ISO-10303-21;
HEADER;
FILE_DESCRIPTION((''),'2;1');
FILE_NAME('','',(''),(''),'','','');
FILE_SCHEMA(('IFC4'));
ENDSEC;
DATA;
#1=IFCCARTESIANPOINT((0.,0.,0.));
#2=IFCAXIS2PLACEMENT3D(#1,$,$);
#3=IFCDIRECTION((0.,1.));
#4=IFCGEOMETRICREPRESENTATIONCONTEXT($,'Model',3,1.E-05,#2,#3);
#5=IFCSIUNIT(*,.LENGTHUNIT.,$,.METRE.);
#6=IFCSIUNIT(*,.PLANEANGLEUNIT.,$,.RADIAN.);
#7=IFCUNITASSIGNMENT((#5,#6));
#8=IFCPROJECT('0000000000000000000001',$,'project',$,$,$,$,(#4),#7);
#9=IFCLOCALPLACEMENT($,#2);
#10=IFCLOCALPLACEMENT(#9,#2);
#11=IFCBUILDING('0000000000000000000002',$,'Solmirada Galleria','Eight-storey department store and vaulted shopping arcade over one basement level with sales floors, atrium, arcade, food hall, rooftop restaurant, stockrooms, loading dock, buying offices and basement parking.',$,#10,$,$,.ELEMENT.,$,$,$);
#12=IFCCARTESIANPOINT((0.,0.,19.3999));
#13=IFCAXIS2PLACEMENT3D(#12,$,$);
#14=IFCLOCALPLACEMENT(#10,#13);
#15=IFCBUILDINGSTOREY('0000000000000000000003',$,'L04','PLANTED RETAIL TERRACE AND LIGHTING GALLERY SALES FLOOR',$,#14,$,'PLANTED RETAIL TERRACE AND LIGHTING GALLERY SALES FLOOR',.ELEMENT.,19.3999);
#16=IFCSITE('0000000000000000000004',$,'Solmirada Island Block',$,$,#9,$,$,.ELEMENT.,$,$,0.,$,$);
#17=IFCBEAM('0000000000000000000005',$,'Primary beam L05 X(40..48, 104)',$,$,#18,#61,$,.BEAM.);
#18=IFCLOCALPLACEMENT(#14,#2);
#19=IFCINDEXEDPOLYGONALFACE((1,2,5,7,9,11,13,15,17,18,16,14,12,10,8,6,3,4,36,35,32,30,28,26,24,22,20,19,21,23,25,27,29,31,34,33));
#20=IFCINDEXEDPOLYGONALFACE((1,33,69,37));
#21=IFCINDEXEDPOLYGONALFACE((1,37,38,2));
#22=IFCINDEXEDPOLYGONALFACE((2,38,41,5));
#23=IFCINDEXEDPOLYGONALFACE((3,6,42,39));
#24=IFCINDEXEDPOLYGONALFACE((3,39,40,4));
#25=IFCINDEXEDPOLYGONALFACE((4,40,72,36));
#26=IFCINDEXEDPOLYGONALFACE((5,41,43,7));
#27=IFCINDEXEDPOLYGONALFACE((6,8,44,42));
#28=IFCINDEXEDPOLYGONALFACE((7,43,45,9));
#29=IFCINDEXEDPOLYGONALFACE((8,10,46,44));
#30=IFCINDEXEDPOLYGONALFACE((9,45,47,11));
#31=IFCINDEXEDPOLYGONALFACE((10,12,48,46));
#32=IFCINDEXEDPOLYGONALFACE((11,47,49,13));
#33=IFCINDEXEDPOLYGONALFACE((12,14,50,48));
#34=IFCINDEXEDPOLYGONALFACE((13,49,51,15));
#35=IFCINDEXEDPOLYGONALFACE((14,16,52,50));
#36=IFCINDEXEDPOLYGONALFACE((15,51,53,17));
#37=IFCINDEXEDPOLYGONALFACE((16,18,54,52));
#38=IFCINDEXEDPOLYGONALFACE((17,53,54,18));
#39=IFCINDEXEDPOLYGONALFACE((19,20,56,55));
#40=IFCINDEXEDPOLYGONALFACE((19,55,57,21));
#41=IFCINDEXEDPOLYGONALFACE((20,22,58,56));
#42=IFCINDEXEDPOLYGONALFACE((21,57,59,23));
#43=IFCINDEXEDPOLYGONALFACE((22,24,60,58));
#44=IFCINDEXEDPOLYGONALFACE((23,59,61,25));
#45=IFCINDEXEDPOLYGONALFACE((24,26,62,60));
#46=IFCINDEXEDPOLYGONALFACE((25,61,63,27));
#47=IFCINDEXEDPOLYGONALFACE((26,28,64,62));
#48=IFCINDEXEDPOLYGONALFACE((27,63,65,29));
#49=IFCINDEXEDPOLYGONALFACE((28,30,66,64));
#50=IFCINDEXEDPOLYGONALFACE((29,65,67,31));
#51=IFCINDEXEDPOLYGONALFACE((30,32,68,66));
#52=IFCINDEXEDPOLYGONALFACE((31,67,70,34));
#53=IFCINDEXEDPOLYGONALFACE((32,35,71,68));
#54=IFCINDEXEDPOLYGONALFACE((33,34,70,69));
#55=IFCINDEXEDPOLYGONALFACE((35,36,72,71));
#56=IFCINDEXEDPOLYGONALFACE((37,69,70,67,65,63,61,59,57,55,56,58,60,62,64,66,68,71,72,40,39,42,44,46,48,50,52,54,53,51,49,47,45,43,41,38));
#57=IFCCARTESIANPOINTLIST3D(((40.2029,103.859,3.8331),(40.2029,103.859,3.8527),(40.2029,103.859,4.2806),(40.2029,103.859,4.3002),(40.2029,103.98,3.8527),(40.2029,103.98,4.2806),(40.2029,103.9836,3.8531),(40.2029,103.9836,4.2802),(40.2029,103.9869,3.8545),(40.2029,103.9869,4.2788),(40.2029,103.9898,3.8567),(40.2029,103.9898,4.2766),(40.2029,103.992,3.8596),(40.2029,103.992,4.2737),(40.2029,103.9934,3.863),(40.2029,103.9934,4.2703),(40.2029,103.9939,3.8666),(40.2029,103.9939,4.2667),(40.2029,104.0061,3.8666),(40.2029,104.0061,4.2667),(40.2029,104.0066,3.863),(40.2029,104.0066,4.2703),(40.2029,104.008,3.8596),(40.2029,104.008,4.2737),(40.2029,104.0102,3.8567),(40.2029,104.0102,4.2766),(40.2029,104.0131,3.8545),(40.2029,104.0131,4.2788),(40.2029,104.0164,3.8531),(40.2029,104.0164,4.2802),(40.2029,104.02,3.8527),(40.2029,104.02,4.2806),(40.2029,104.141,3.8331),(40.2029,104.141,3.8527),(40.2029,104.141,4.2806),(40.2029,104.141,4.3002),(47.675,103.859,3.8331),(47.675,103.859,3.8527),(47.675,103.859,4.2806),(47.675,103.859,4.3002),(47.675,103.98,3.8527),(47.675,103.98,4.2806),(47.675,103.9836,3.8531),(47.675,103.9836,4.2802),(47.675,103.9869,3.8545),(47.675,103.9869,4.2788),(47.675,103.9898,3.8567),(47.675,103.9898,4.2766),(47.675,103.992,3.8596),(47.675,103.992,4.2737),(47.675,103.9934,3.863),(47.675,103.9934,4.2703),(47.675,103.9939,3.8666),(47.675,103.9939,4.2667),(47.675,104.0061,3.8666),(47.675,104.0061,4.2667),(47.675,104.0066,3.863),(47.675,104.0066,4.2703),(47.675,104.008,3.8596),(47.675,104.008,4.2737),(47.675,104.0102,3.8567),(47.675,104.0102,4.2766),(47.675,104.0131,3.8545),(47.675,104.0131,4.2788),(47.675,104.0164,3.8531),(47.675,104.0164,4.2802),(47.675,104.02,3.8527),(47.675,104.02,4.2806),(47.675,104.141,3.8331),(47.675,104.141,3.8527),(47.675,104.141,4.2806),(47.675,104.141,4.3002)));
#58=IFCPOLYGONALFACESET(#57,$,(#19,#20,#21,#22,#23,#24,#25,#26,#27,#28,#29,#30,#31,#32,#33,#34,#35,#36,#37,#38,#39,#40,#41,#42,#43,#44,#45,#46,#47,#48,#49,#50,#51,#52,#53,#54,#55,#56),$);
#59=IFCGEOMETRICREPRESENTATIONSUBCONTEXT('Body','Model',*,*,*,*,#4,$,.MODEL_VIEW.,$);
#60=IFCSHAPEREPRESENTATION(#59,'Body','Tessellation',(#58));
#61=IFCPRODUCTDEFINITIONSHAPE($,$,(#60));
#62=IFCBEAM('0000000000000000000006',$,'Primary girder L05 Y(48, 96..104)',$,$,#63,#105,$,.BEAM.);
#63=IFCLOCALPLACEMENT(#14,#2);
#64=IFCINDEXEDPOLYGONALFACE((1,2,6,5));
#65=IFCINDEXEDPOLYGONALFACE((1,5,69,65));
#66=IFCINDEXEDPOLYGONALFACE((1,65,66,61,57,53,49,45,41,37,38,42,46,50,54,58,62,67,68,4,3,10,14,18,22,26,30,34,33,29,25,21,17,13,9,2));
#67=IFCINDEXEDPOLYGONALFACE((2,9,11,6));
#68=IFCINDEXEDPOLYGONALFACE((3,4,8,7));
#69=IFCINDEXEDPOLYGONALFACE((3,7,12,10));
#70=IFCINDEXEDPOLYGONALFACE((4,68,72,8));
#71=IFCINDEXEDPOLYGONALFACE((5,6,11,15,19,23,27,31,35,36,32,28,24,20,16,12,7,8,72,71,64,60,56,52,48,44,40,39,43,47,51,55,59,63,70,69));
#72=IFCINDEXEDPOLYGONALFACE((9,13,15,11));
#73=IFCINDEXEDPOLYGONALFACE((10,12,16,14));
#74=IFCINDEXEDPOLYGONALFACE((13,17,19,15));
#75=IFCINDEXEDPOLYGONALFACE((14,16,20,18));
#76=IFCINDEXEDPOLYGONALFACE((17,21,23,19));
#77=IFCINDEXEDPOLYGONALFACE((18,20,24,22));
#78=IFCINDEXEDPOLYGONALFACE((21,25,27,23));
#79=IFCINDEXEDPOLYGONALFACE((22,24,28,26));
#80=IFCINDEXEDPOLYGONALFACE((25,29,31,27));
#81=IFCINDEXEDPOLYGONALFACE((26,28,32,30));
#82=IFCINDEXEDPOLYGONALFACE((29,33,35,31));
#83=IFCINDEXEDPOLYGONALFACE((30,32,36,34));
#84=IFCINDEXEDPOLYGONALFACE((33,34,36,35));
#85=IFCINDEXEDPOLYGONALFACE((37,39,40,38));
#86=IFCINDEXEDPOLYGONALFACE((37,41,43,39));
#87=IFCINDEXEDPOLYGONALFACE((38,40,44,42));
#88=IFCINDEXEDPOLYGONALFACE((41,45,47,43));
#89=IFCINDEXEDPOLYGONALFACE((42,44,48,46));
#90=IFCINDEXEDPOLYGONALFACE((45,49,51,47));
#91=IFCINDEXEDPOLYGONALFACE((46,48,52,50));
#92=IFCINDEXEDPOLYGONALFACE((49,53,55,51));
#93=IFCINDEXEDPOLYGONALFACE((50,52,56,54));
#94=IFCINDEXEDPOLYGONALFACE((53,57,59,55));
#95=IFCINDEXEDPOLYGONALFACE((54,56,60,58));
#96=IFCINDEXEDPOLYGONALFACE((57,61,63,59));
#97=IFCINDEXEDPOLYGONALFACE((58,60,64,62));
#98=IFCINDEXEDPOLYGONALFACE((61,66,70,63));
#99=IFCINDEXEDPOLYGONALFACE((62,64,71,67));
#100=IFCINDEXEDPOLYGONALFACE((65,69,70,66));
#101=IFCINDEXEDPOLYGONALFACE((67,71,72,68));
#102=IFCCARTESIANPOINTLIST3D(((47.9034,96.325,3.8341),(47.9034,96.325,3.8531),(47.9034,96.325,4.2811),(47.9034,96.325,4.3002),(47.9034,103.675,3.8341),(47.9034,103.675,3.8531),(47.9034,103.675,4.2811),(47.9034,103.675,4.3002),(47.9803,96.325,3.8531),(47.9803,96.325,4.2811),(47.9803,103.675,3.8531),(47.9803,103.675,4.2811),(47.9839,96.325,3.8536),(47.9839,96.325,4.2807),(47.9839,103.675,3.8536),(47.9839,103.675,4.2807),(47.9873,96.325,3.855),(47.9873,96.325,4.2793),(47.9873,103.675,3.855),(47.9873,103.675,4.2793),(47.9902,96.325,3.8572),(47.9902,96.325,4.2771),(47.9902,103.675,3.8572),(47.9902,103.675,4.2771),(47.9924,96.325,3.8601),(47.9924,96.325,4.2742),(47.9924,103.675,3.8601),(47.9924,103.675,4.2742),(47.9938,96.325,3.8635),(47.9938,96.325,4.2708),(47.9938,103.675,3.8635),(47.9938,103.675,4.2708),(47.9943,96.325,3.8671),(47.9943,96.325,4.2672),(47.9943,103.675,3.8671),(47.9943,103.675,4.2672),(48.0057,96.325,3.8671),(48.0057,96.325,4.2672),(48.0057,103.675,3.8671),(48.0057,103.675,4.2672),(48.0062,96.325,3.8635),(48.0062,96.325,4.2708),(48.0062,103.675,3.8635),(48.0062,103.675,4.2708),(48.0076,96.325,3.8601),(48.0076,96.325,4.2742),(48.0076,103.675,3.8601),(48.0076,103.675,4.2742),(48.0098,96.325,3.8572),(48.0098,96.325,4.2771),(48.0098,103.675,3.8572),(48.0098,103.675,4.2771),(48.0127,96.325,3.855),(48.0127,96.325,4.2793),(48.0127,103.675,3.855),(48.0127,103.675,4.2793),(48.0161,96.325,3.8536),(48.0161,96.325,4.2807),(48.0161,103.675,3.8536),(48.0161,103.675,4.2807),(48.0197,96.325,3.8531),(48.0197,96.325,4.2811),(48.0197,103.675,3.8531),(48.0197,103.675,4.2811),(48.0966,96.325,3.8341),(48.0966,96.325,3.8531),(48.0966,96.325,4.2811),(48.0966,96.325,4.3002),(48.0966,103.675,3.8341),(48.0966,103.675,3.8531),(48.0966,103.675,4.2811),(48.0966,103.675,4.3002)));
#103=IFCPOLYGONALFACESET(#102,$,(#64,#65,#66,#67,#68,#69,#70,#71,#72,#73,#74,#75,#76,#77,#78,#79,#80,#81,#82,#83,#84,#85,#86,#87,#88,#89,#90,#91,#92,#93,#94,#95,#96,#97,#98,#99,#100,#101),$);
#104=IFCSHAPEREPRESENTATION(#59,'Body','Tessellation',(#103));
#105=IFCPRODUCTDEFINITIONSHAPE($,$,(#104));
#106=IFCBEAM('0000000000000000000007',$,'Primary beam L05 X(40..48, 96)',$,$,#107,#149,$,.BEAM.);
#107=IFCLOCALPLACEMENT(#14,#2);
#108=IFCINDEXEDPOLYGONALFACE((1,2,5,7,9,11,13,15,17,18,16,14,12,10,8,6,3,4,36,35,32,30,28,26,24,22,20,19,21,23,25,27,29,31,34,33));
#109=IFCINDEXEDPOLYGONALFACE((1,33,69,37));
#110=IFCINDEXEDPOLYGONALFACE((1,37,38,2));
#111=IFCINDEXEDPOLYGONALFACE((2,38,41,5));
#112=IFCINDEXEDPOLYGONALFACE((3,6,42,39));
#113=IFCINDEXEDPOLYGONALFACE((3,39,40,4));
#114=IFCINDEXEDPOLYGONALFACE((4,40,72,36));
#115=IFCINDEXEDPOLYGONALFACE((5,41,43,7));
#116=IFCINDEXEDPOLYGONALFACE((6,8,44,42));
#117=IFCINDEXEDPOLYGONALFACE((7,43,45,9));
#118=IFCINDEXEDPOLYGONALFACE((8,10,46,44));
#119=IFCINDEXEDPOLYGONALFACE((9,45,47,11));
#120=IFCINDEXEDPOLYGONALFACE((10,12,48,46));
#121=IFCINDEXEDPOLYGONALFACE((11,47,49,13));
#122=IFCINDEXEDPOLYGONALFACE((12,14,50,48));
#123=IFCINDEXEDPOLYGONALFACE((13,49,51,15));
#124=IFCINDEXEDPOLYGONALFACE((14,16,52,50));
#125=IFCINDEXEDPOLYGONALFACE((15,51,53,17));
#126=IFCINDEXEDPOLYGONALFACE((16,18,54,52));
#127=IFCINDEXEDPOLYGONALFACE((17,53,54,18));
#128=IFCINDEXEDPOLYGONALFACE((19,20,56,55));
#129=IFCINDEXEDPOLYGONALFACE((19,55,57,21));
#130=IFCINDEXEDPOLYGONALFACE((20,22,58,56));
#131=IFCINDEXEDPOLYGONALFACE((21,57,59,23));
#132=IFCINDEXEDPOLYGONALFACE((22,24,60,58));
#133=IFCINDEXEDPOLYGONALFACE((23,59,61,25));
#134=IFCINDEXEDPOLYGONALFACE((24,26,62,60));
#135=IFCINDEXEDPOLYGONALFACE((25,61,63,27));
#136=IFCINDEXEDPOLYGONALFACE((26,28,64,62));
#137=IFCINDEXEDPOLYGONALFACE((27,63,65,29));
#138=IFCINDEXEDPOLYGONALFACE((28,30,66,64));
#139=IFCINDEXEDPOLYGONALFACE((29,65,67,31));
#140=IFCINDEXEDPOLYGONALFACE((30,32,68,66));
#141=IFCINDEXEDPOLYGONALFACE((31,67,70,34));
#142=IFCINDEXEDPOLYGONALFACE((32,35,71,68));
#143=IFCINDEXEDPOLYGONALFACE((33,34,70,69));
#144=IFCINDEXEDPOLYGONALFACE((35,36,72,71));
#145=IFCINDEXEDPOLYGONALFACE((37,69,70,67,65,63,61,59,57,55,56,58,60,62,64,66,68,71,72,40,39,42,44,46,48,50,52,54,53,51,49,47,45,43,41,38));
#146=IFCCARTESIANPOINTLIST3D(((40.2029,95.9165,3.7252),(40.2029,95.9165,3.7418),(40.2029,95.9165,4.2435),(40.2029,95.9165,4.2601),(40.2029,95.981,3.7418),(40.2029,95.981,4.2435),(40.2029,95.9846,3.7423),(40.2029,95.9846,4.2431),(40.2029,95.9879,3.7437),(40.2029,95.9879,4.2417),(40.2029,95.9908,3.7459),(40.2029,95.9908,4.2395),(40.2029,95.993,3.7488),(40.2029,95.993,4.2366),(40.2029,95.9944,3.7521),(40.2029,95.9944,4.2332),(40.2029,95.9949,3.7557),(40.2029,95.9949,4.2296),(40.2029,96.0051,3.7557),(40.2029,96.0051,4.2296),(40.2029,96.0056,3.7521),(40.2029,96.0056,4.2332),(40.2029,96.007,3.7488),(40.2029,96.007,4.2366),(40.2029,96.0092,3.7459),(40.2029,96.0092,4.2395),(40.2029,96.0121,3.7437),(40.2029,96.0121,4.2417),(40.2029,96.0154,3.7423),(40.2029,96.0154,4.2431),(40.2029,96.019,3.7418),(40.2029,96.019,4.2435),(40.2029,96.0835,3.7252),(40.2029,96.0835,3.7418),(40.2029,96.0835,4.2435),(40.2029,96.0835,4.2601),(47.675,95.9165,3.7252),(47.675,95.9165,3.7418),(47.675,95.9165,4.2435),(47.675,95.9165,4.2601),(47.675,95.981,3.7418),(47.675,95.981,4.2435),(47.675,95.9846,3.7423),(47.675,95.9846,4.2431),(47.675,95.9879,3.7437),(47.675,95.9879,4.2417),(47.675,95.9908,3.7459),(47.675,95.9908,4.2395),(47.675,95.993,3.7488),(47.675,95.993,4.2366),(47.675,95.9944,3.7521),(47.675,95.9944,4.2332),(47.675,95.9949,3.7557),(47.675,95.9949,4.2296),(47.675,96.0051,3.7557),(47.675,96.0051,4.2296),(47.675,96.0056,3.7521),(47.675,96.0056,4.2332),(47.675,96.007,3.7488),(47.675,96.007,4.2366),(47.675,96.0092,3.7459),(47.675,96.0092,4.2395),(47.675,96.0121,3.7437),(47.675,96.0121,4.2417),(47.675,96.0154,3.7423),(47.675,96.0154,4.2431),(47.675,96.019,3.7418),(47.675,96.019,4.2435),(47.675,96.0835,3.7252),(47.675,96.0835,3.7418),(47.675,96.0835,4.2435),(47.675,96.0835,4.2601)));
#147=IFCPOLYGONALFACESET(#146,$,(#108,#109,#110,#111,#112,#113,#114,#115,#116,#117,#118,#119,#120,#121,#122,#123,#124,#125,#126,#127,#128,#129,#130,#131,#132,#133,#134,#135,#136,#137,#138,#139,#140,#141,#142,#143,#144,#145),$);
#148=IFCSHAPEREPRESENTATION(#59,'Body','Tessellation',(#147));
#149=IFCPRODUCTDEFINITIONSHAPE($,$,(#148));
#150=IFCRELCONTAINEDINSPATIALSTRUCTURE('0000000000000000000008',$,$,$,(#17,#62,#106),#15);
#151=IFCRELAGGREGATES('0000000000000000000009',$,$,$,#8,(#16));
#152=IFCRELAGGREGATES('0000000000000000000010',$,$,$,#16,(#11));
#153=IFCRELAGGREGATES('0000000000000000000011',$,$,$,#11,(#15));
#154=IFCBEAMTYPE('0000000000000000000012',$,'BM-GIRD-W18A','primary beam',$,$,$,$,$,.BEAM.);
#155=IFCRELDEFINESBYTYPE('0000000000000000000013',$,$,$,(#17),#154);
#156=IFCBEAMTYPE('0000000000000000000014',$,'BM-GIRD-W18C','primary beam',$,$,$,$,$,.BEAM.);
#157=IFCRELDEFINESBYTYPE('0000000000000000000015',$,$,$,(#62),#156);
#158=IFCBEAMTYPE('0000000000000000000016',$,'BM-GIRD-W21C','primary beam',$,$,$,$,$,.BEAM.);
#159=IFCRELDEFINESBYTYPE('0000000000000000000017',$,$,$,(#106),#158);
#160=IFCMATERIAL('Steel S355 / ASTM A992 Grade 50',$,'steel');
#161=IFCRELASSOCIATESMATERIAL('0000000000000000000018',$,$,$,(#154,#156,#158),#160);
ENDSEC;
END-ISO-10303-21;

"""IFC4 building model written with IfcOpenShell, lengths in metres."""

from ifc_helpers import new_model, si_unit, direction, frame, origin, origin_2d, place, context, subcontext, project, spatial, i_section, extrude, material, material_profile, profile_set, type_object, element, save


model = new_model("IFC4")

# Units and contexts
model_context = context("Model", 3, precision=1e-05, world=origin(), true_north=direction((0.0, 1.0)))
body_context = subcontext(model_context, "Body", "Model", "MODEL_VIEW")
ifc_project = project(units=[si_unit("LENGTHUNIT", "METRE"), si_unit("PLANEANGLEUNIT", "RADIAN")], contexts=[model_context])

# Site, building, storey
site_placement = place(None, origin())
site = spatial("IfcSite", under=ifc_project, at=site_placement, Name="Solmirada Island Block", CompositionType="ELEMENT", RefElevation=0.0)
building_placement = place(site_placement, origin())
building = spatial("IfcBuilding", under=site, at=building_placement, Name="Solmirada Galleria", Description="Eight-storey department store and vaulted shopping arcade over one basement level with sales floors, atrium, arcade, food hall, rooftop restaurant, stockrooms, loading dock, buying offices and basement parking.", CompositionType="ELEMENT")
storey_placement = place(building_placement, frame((0.0, 0.0, 19.3999)))
storey = spatial("IfcBuildingStorey", under=building, at=storey_placement, Name="L04", Description="PLANTED RETAIL TERRACE AND LIGHTING GALLERY SALES FLOOR", LongName="PLANTED RETAIL TERRACE AND LIGHTING GALLERY SALES FLOOR", CompositionType="ELEMENT", Elevation=19.3999)

# Beams
ifc_material_1 = material(Name="Steel S355 / ASTM A992 Grade 50", Category="steel")
ifc_material_profile_1 = material_profile(ifc_material_1, i_section(OverallWidth=0.282, OverallDepth=0.467, WebThickness=0.0122, FlangeThickness=0.0195, FilletRadius=0.0139, at=origin_2d()), Name="W18X86")
ifc_profile_set_1 = profile_set([ifc_material_profile_1], Name="Steel S355 / ASTM A992 Grade 50")
beam_type_1 = type_object("IfcBeamType", Name="BM-GIRD-W18A", Description="primary beam", PredefinedType="BEAM", material=ifc_profile_set_1)
beam_1_placement = place(storey_placement, frame((40.2029, 104.0, 4.0667), z_axis=(1.0, 0.0, 0.0), x_axis=(0.0, 1.0, 0.0)))
element("IfcBeam", 1, at=beam_1_placement, inside=storey, type_object=beam_type_1, Name="Primary beam L05 X(40..48, 104)", PredefinedType="BEAM", context=body_context, shape_type="SweptSolid", body=[
    extrude(i_section(OverallWidth=0.282, OverallDepth=0.467, WebThickness=0.0122, FlangeThickness=0.0195, FilletRadius=0.0139, at=origin_2d()), origin(), (0.0, 0.0, 1.0), 7.4722),
])
ifc_material_profile_2 = material_profile(ifc_material_1, i_section(OverallWidth=0.1931, OverallDepth=0.4661, WebThickness=0.0115, FlangeThickness=0.019, FilletRadius=0.0139, at=origin_2d()), Name="W18X65")
ifc_profile_set_2 = profile_set([ifc_material_profile_2], Name="Steel S355 / ASTM A992 Grade 50")
beam_type_2 = type_object("IfcBeamType", Name="BM-GIRD-W18C", Description="primary beam", PredefinedType="BEAM", material=ifc_profile_set_2)
beam_2_placement = place(storey_placement, frame((48.0, 96.325, 4.0671), z_axis=(0.0, 1.0, 0.0), x_axis=(-1.0, 0.0, 0.0)))
element("IfcBeam", 2, at=beam_2_placement, inside=storey, type_object=beam_type_2, Name="Primary girder L05 Y(48, 96..104)", PredefinedType="BEAM", context=body_context, shape_type="SweptSolid", body=[
    extrude(i_section(OverallWidth=0.1931, OverallDepth=0.4661, WebThickness=0.0115, FlangeThickness=0.019, FilletRadius=0.0139, at=origin_2d()), origin(), (0.0, 0.0, 1.0), 7.3501),
])
ifc_material_profile_3 = material_profile(ifc_material_1, i_section(OverallWidth=0.167, OverallDepth=0.5349, WebThickness=0.0103, FlangeThickness=0.0166, FilletRadius=0.0139, at=origin_2d()), Name="W21X57")
ifc_profile_set_3 = profile_set([ifc_material_profile_3], Name="Steel S355 / ASTM A992 Grade 50")
beam_type_3 = type_object("IfcBeamType", Name="BM-GIRD-W21C", Description="primary beam", PredefinedType="BEAM", material=ifc_profile_set_3)
beam_3_placement = place(storey_placement, frame((40.2029, 96.0, 3.9927), z_axis=(1.0, 0.0, 0.0), x_axis=(0.0, 1.0, 0.0)))
element("IfcBeam", 3, at=beam_3_placement, inside=storey, type_object=beam_type_3, Name="Primary beam L05 X(40..48, 96)", PredefinedType="BEAM", context=body_context, shape_type="SweptSolid", body=[
    extrude(i_section(OverallWidth=0.167, OverallDepth=0.5349, WebThickness=0.0103, FlangeThickness=0.0166, FilletRadius=0.0139, at=origin_2d()), origin(), (0.0, 0.0, 1.0), 7.4722),
])

save(model, "model.ifc")
